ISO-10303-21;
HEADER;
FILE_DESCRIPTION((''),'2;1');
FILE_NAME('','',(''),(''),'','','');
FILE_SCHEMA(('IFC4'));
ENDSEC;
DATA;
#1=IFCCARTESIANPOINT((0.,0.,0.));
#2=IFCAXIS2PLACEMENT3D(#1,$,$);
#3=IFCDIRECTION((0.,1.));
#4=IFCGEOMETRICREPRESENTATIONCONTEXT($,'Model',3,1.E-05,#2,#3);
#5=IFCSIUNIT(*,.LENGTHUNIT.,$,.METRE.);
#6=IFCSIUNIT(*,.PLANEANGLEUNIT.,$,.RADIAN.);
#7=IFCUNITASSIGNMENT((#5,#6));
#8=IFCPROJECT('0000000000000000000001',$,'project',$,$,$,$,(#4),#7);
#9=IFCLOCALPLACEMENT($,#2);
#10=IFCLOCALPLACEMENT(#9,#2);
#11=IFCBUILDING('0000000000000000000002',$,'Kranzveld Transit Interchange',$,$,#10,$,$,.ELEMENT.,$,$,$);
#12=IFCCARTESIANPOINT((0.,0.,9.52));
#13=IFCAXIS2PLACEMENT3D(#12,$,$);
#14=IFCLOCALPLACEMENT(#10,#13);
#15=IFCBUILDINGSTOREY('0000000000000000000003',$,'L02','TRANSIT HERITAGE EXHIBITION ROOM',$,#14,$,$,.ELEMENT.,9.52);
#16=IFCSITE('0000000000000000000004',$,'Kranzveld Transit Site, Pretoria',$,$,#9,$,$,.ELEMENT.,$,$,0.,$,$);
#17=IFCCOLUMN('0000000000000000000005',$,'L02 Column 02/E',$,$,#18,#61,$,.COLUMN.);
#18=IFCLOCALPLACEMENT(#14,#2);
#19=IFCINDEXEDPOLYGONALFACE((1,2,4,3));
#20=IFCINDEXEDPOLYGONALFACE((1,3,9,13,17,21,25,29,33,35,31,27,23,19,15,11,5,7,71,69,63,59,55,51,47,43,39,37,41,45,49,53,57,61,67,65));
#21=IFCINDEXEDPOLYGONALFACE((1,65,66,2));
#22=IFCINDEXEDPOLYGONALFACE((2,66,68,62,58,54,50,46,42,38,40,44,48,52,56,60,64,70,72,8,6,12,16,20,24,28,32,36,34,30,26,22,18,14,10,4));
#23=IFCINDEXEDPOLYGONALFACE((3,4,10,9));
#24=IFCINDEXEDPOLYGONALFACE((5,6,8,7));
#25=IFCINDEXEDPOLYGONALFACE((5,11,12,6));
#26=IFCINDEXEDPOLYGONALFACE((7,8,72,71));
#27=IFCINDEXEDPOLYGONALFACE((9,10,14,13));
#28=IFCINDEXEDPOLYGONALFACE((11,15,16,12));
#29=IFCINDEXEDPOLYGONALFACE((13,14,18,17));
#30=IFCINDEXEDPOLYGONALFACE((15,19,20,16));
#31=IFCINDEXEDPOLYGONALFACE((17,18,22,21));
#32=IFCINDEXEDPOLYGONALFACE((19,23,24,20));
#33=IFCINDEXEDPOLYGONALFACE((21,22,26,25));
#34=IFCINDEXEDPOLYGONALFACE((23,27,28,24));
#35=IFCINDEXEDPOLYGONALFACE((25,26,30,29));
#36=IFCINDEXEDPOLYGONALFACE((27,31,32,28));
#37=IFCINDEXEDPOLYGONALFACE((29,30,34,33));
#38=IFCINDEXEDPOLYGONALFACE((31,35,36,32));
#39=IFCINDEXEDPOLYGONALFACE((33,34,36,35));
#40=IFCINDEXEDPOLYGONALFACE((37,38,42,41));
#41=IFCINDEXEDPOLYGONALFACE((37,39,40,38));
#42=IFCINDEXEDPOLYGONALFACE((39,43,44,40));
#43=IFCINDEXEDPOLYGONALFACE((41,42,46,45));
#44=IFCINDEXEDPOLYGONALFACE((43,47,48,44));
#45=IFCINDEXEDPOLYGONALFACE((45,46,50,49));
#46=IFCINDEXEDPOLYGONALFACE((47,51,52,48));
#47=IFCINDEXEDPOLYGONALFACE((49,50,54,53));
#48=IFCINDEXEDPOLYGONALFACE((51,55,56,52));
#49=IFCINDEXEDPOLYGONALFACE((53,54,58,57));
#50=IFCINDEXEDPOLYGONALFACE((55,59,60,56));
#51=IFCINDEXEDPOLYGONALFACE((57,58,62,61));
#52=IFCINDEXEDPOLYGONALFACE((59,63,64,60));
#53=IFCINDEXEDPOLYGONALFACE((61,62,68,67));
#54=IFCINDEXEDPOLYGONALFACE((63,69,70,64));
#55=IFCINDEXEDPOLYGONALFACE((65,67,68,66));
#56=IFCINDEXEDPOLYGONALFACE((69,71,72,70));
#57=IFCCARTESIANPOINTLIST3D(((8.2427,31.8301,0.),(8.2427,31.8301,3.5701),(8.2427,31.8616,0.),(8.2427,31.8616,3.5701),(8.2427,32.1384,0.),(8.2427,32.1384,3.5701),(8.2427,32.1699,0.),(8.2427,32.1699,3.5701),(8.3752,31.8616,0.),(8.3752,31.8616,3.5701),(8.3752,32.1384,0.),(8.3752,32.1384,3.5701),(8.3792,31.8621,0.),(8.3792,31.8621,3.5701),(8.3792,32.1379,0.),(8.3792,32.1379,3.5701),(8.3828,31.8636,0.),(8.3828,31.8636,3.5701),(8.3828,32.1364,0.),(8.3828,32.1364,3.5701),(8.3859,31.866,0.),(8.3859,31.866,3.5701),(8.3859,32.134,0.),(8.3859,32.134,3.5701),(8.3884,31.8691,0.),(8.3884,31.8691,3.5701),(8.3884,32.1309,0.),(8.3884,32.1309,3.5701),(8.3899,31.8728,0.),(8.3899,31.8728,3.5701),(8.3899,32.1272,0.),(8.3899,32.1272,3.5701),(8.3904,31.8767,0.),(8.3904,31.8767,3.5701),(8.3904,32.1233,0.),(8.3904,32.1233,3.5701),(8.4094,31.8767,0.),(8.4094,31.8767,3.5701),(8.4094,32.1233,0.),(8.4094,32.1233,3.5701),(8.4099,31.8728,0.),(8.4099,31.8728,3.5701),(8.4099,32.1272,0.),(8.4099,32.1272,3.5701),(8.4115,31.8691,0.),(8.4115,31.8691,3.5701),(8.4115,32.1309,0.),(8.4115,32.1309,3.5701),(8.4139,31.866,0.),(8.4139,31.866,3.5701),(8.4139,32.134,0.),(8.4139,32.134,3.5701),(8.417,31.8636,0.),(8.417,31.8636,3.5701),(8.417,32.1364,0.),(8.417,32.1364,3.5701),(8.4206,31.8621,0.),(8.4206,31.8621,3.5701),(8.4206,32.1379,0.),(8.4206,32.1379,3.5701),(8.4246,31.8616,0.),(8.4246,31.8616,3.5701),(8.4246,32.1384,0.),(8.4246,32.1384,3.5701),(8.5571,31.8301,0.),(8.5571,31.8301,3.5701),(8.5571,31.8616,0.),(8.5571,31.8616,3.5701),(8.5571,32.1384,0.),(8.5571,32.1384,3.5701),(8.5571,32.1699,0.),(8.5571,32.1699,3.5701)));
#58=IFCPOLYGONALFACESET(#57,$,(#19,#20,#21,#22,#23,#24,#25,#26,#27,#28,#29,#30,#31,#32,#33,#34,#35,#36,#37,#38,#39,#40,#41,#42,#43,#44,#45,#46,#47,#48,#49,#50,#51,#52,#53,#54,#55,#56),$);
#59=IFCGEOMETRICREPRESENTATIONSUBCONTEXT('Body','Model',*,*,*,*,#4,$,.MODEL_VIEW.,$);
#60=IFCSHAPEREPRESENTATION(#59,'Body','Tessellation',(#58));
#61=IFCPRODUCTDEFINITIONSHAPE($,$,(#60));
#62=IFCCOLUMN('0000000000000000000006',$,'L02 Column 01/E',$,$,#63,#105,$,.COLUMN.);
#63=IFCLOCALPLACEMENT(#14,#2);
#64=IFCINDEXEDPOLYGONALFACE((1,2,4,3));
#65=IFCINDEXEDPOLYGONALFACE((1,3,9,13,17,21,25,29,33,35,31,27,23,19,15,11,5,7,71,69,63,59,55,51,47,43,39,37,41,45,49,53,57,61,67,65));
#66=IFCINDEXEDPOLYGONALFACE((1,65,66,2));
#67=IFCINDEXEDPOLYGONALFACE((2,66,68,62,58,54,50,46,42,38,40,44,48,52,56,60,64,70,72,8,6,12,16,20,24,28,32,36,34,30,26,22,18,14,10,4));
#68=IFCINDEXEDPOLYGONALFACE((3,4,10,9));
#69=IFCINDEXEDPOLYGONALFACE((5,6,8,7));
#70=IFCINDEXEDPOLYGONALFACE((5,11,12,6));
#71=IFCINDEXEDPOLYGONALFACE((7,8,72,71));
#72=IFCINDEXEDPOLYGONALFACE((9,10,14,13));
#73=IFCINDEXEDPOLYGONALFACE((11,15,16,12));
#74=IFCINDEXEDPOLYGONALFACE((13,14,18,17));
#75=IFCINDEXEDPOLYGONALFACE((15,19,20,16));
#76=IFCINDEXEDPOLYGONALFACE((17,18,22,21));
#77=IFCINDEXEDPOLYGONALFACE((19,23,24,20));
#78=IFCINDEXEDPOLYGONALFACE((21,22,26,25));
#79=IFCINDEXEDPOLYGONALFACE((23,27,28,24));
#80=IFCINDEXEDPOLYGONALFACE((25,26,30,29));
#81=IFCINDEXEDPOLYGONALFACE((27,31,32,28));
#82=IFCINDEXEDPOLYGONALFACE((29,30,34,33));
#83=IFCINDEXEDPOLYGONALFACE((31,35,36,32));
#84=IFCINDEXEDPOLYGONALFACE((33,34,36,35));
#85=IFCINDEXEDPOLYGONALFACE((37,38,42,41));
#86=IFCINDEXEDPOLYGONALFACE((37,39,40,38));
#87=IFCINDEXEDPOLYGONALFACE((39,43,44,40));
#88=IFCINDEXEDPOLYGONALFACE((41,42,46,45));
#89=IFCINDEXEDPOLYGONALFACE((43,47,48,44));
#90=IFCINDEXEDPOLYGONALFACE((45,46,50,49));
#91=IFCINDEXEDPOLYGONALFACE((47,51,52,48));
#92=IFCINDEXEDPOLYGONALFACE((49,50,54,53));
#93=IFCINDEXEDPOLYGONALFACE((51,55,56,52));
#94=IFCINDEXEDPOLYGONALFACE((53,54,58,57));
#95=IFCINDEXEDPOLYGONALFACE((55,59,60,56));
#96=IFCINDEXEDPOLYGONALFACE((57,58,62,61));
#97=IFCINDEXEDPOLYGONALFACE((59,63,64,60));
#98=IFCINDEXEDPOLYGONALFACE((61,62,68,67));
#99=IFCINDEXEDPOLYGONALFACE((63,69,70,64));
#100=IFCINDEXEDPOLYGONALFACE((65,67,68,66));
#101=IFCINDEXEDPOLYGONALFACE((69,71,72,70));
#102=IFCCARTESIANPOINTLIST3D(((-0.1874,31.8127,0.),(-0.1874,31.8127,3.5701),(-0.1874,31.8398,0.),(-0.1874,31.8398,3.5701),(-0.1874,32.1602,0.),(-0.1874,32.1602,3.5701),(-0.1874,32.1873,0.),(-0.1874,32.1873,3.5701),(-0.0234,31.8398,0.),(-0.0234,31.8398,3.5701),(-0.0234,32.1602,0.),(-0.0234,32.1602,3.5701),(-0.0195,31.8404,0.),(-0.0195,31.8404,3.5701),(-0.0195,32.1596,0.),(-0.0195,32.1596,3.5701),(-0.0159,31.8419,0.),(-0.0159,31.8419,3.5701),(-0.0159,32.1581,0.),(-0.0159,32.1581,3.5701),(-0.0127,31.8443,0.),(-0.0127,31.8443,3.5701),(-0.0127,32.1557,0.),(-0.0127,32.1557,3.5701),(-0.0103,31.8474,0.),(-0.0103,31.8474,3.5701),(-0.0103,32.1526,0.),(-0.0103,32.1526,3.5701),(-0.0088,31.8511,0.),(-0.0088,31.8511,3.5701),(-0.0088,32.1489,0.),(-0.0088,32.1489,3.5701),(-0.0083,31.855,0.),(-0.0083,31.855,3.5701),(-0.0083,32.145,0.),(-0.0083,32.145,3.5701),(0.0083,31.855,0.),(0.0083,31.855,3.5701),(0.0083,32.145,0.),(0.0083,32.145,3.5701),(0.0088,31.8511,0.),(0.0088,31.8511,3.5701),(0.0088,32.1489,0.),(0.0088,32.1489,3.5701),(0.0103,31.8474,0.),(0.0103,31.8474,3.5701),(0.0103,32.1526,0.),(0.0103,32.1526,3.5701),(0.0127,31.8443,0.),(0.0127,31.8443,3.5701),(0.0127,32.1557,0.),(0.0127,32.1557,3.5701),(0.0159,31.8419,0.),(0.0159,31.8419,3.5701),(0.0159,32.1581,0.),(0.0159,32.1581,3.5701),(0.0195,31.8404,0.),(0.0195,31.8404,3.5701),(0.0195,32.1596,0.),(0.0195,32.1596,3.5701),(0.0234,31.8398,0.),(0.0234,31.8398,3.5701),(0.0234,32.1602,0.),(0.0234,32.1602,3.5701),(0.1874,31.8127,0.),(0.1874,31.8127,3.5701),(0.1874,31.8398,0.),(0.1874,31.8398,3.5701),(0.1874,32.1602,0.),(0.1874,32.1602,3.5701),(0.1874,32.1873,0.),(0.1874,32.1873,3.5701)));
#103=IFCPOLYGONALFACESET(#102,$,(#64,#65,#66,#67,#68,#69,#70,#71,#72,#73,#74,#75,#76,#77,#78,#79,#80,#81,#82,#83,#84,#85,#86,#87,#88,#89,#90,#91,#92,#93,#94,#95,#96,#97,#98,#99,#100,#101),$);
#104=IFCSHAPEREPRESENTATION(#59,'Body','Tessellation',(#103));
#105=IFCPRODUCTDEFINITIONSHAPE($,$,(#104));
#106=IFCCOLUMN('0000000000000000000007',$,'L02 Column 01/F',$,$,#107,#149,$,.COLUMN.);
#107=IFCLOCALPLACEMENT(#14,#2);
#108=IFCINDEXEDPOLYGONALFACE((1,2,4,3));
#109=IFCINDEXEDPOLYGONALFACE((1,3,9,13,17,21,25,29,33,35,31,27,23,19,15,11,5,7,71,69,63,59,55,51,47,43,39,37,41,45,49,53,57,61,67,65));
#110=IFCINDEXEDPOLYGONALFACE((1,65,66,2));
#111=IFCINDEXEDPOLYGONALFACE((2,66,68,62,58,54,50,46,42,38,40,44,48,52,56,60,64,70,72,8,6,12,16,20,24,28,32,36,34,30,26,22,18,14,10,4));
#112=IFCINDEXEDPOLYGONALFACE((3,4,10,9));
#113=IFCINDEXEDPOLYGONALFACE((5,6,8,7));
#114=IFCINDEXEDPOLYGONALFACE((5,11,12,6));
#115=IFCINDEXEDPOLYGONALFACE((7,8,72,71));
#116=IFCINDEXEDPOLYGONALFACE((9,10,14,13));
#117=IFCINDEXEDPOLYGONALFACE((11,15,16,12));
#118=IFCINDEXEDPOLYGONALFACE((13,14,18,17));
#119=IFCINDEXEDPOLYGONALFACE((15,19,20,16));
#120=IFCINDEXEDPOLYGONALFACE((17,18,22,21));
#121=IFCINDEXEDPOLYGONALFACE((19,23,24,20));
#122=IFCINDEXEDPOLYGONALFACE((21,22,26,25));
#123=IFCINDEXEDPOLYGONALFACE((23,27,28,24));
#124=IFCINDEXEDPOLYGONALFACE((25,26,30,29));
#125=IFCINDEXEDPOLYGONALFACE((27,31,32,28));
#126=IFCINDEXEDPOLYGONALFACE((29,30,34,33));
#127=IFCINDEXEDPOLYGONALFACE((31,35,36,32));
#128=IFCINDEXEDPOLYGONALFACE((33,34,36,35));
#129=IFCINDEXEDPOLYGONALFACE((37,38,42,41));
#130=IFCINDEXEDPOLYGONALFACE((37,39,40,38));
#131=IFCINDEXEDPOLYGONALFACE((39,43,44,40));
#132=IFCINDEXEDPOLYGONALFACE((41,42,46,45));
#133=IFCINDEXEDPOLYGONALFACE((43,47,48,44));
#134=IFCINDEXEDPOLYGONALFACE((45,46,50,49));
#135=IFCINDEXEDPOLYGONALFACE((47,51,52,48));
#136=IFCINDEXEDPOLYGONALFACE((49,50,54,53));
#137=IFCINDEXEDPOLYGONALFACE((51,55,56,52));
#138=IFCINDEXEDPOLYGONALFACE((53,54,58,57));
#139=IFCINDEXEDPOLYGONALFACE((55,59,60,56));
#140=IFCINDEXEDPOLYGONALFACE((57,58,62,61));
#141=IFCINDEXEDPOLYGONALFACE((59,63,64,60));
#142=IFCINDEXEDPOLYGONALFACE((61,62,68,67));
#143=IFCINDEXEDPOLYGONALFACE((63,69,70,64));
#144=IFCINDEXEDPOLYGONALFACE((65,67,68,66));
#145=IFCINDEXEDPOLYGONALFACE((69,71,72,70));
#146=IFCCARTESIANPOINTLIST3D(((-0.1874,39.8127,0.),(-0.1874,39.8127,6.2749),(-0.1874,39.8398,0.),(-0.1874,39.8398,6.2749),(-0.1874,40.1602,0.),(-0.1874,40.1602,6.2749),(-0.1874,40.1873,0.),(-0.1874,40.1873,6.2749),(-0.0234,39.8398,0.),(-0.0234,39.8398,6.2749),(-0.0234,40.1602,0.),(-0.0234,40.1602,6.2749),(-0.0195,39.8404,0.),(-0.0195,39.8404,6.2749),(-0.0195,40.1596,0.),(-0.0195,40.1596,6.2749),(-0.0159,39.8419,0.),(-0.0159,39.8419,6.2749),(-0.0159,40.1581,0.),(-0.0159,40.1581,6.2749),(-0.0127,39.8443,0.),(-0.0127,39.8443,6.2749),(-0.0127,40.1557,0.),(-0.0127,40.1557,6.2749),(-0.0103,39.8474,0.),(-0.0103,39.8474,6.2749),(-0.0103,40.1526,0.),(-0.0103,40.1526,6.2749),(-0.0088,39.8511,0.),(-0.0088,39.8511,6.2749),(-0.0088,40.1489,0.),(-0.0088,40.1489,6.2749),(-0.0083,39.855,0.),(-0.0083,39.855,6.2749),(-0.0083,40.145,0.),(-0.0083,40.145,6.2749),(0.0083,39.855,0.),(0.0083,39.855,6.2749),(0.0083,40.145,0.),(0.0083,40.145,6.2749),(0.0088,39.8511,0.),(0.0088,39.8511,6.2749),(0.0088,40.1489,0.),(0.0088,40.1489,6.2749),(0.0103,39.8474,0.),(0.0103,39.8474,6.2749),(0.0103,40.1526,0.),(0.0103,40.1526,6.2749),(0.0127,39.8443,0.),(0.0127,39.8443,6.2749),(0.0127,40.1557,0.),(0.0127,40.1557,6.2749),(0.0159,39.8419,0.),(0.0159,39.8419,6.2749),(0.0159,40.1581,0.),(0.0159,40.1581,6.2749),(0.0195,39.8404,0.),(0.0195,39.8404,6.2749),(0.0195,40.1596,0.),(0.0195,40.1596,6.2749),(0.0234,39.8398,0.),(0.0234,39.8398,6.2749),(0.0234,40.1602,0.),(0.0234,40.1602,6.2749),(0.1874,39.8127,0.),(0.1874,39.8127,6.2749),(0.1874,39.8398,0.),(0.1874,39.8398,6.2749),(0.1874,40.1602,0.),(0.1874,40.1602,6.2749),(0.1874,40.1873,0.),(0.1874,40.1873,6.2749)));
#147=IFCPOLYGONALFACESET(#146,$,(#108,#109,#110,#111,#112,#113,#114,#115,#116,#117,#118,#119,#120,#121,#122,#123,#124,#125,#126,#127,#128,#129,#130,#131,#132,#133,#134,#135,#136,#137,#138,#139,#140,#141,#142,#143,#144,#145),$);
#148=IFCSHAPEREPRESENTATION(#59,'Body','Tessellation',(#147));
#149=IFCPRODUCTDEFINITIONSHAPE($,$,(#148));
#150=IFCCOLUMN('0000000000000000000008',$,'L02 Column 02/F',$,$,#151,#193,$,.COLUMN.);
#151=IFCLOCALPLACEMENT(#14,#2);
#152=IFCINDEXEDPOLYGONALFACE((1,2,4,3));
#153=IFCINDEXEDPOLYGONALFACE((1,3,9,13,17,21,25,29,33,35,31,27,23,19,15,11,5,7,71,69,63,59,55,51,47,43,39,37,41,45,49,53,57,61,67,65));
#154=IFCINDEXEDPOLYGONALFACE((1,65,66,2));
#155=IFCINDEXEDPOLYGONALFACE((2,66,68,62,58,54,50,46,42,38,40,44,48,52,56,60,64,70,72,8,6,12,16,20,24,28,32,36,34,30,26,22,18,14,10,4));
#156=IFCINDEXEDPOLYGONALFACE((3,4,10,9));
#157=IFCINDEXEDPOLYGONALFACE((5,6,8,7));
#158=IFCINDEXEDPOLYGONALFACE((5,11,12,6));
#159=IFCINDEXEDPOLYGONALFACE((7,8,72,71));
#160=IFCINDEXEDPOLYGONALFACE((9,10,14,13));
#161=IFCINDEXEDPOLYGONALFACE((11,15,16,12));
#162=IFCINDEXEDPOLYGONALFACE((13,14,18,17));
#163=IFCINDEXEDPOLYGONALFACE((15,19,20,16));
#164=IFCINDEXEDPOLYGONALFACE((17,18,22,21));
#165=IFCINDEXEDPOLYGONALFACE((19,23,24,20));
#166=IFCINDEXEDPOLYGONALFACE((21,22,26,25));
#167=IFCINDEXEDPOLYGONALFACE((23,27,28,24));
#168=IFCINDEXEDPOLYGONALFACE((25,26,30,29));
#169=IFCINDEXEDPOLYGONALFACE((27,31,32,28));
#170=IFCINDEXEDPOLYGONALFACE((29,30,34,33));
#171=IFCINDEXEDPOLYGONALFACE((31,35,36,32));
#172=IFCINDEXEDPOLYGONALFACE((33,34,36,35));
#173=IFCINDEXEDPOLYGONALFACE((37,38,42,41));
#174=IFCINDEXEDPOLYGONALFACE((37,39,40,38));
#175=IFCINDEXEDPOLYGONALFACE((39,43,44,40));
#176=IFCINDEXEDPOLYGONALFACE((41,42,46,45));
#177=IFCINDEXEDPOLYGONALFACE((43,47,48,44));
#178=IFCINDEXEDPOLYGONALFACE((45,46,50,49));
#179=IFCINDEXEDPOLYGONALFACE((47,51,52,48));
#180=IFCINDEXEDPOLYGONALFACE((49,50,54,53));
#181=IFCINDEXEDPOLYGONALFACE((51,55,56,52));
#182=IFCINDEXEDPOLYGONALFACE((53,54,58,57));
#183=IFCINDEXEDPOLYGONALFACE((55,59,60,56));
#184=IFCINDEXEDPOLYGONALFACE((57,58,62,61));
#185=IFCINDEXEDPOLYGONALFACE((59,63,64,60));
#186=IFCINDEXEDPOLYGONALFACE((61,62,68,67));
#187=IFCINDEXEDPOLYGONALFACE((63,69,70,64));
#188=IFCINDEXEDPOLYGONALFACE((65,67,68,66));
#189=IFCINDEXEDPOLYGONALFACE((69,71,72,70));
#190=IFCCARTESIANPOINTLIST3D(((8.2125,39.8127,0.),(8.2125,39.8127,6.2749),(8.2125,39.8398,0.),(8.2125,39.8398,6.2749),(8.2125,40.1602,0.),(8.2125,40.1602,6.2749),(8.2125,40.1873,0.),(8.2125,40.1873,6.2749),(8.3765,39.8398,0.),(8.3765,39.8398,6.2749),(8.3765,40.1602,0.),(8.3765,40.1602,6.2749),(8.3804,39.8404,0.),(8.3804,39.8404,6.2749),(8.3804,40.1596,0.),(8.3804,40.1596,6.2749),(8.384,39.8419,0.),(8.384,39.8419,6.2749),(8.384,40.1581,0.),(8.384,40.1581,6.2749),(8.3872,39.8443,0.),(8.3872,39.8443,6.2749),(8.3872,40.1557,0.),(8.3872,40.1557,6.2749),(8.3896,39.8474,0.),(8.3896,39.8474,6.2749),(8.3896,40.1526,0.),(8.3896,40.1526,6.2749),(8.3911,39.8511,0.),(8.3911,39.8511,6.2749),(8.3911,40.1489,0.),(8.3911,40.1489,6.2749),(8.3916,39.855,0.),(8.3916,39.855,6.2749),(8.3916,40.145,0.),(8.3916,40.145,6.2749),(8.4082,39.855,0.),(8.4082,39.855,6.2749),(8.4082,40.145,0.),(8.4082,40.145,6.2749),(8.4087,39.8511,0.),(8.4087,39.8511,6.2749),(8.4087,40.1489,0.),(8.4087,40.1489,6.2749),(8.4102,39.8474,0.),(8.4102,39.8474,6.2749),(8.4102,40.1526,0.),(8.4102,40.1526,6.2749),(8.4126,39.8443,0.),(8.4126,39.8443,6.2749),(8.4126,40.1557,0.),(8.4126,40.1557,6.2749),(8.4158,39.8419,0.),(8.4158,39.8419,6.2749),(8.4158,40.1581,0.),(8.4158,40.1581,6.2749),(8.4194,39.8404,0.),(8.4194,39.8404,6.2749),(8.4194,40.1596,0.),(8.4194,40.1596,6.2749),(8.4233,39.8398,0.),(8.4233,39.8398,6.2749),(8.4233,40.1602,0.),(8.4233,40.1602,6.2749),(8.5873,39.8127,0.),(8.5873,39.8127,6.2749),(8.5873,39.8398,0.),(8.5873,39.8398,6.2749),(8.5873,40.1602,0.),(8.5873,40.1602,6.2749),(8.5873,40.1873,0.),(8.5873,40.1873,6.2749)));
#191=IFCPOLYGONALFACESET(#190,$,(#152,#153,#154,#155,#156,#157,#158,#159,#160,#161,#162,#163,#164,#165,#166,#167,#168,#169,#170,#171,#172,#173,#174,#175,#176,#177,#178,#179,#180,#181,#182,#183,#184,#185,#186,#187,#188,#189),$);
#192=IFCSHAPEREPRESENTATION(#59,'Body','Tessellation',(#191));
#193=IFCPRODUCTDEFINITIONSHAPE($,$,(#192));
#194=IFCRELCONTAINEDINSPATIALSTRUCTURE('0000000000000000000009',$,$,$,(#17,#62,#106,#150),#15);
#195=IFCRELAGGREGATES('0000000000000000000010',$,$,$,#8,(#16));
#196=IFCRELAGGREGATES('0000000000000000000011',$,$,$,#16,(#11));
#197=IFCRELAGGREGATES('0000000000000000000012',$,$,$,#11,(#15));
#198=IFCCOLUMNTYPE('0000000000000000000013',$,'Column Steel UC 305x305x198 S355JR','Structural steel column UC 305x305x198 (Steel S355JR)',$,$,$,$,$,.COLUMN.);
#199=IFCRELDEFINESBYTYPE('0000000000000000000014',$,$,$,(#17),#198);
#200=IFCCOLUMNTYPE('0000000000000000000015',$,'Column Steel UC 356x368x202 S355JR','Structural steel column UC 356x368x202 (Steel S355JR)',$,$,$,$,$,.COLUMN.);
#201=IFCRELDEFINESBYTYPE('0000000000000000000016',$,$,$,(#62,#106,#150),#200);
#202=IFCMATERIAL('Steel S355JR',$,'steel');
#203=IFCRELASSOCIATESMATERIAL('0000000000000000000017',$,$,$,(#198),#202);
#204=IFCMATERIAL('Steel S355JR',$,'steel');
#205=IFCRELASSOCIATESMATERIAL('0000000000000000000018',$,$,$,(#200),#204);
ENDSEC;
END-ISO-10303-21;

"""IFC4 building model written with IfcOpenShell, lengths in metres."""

from ifc_helpers import new_model, si_unit, direction, frame, origin, origin_2d, place, context, subcontext, project, spatial, i_section, extrude, material, material_profile, profile_set, type_object, element, save


model = new_model("IFC4")

# Units and contexts
model_context = context("Model", 3, precision=1e-05, world=origin(), true_north=direction((0.0, 1.0)))
body_context = subcontext(model_context, "Body", "Model", "MODEL_VIEW")
ifc_project = project(units=[si_unit("LENGTHUNIT", "METRE"), si_unit("PLANEANGLEUNIT", "RADIAN")], contexts=[model_context])

# Site, building, storey
site_placement = place(None, origin())
site = spatial("IfcSite", under=ifc_project, at=site_placement, Name="Kranzveld Transit Site, Pretoria", CompositionType="ELEMENT", RefElevation=0.0)
building_placement = place(site_placement, origin())
building = spatial("IfcBuilding", under=site, at=building_placement, Name="Kranzveld Transit Interchange", CompositionType="ELEMENT")
storey_placement = place(building_placement, frame((0.0, 0.0, 9.52)))
storey = spatial("IfcBuildingStorey", under=building, at=storey_placement, Name="L02", Description="TRANSIT HERITAGE EXHIBITION ROOM", CompositionType="ELEMENT", Elevation=9.52)

# Columns
ifc_material_1 = material(Name="Steel S355JR", Category="steel")
ifc_material_profile_1 = material_profile(ifc_material_1, i_section(OverallWidth=0.3145, OverallDepth=0.3398, WebThickness=0.019, FlangeThickness=0.0315, FilletRadius=0.0151, at=origin_2d()), Name="UC 305x305x198")
ifc_profile_set_1 = profile_set([ifc_material_profile_1], Name="Steel S355JR")
column_type_1 = type_object("IfcColumnType", Name="Column Steel UC 305x305x198 S355JR", Description="Structural steel column UC 305x305x198 (Steel S355JR)", PredefinedType="COLUMN", material=ifc_profile_set_1)
column_1_placement = place(storey_placement, frame((8.3999, 32.0, 0.0), z_axis=(0.0, 0.0, 1.0), x_axis=(1.0, 0.0, 0.0)))
element("IfcColumn", 1, at=column_1_placement, inside=storey, type_object=column_type_1, Name="L02 Column 02/E", PredefinedType="COLUMN", context=body_context, shape_type="SweptSolid", body=[
    extrude(i_section(OverallWidth=0.3145, OverallDepth=0.3398, WebThickness=0.019, FlangeThickness=0.0315, FilletRadius=0.0151, at=origin_2d()), origin(), (0.0, 0.0, 1.0), 3.5701),
])
ifc_material_2 = material(Name="Steel S355JR", Category="steel")
ifc_material_profile_2 = material_profile(ifc_material_2, i_section(OverallWidth=0.3748, OverallDepth=0.3745, WebThickness=0.0166, FlangeThickness=0.0271, FilletRadius=0.0151, at=origin_2d()), Name="UC 356x368x202")
ifc_profile_set_2 = profile_set([ifc_material_profile_2], Name="Steel S355JR")
column_type_2 = type_object("IfcColumnType", Name="Column Steel UC 356x368x202 S355JR", Description="Structural steel column UC 356x368x202 (Steel S355JR)", PredefinedType="COLUMN", material=ifc_profile_set_2)
column_2_placement = place(storey_placement, frame((0.0, 32.0, 0.0), z_axis=(0.0, 0.0, 1.0), x_axis=(1.0, 0.0, 0.0)))
element("IfcColumn", 2, at=column_2_placement, inside=storey, type_object=column_type_2, Name="L02 Column 01/E", PredefinedType="COLUMN", context=body_context, shape_type="SweptSolid", body=[
    extrude(i_section(OverallWidth=0.3748, OverallDepth=0.3745, WebThickness=0.0166, FlangeThickness=0.0271, FilletRadius=0.0151, at=origin_2d()), origin(), (0.0, 0.0, 1.0), 3.5701),
])
for number, where, z_axis, x_axis, name in (
    (3, (0.0, 40.0, 0.0), (0.0, 0.0, 1.0), (1.0, 0.0, 0.0), "L02 Column 01/F"),
    (4, (8.3999, 40.0, 0.0), (0.0, 0.0, 1.0), (1.0, 0.0, 0.0), "L02 Column 02/F"),
):
    element("IfcColumn", number, at=place(storey_placement, frame(where, z_axis=z_axis, x_axis=x_axis)), inside=storey, type_object=column_type_2, Name=name, PredefinedType="COLUMN", context=body_context, shape_type="SweptSolid", body=[
        extrude(i_section(OverallWidth=0.3748, OverallDepth=0.3745, WebThickness=0.0166, FlangeThickness=0.0271, FilletRadius=0.0151, at=origin_2d()), origin(), (0.0, 0.0, 1.0), 6.2749),
    ])

save(model, "model.ifc")
